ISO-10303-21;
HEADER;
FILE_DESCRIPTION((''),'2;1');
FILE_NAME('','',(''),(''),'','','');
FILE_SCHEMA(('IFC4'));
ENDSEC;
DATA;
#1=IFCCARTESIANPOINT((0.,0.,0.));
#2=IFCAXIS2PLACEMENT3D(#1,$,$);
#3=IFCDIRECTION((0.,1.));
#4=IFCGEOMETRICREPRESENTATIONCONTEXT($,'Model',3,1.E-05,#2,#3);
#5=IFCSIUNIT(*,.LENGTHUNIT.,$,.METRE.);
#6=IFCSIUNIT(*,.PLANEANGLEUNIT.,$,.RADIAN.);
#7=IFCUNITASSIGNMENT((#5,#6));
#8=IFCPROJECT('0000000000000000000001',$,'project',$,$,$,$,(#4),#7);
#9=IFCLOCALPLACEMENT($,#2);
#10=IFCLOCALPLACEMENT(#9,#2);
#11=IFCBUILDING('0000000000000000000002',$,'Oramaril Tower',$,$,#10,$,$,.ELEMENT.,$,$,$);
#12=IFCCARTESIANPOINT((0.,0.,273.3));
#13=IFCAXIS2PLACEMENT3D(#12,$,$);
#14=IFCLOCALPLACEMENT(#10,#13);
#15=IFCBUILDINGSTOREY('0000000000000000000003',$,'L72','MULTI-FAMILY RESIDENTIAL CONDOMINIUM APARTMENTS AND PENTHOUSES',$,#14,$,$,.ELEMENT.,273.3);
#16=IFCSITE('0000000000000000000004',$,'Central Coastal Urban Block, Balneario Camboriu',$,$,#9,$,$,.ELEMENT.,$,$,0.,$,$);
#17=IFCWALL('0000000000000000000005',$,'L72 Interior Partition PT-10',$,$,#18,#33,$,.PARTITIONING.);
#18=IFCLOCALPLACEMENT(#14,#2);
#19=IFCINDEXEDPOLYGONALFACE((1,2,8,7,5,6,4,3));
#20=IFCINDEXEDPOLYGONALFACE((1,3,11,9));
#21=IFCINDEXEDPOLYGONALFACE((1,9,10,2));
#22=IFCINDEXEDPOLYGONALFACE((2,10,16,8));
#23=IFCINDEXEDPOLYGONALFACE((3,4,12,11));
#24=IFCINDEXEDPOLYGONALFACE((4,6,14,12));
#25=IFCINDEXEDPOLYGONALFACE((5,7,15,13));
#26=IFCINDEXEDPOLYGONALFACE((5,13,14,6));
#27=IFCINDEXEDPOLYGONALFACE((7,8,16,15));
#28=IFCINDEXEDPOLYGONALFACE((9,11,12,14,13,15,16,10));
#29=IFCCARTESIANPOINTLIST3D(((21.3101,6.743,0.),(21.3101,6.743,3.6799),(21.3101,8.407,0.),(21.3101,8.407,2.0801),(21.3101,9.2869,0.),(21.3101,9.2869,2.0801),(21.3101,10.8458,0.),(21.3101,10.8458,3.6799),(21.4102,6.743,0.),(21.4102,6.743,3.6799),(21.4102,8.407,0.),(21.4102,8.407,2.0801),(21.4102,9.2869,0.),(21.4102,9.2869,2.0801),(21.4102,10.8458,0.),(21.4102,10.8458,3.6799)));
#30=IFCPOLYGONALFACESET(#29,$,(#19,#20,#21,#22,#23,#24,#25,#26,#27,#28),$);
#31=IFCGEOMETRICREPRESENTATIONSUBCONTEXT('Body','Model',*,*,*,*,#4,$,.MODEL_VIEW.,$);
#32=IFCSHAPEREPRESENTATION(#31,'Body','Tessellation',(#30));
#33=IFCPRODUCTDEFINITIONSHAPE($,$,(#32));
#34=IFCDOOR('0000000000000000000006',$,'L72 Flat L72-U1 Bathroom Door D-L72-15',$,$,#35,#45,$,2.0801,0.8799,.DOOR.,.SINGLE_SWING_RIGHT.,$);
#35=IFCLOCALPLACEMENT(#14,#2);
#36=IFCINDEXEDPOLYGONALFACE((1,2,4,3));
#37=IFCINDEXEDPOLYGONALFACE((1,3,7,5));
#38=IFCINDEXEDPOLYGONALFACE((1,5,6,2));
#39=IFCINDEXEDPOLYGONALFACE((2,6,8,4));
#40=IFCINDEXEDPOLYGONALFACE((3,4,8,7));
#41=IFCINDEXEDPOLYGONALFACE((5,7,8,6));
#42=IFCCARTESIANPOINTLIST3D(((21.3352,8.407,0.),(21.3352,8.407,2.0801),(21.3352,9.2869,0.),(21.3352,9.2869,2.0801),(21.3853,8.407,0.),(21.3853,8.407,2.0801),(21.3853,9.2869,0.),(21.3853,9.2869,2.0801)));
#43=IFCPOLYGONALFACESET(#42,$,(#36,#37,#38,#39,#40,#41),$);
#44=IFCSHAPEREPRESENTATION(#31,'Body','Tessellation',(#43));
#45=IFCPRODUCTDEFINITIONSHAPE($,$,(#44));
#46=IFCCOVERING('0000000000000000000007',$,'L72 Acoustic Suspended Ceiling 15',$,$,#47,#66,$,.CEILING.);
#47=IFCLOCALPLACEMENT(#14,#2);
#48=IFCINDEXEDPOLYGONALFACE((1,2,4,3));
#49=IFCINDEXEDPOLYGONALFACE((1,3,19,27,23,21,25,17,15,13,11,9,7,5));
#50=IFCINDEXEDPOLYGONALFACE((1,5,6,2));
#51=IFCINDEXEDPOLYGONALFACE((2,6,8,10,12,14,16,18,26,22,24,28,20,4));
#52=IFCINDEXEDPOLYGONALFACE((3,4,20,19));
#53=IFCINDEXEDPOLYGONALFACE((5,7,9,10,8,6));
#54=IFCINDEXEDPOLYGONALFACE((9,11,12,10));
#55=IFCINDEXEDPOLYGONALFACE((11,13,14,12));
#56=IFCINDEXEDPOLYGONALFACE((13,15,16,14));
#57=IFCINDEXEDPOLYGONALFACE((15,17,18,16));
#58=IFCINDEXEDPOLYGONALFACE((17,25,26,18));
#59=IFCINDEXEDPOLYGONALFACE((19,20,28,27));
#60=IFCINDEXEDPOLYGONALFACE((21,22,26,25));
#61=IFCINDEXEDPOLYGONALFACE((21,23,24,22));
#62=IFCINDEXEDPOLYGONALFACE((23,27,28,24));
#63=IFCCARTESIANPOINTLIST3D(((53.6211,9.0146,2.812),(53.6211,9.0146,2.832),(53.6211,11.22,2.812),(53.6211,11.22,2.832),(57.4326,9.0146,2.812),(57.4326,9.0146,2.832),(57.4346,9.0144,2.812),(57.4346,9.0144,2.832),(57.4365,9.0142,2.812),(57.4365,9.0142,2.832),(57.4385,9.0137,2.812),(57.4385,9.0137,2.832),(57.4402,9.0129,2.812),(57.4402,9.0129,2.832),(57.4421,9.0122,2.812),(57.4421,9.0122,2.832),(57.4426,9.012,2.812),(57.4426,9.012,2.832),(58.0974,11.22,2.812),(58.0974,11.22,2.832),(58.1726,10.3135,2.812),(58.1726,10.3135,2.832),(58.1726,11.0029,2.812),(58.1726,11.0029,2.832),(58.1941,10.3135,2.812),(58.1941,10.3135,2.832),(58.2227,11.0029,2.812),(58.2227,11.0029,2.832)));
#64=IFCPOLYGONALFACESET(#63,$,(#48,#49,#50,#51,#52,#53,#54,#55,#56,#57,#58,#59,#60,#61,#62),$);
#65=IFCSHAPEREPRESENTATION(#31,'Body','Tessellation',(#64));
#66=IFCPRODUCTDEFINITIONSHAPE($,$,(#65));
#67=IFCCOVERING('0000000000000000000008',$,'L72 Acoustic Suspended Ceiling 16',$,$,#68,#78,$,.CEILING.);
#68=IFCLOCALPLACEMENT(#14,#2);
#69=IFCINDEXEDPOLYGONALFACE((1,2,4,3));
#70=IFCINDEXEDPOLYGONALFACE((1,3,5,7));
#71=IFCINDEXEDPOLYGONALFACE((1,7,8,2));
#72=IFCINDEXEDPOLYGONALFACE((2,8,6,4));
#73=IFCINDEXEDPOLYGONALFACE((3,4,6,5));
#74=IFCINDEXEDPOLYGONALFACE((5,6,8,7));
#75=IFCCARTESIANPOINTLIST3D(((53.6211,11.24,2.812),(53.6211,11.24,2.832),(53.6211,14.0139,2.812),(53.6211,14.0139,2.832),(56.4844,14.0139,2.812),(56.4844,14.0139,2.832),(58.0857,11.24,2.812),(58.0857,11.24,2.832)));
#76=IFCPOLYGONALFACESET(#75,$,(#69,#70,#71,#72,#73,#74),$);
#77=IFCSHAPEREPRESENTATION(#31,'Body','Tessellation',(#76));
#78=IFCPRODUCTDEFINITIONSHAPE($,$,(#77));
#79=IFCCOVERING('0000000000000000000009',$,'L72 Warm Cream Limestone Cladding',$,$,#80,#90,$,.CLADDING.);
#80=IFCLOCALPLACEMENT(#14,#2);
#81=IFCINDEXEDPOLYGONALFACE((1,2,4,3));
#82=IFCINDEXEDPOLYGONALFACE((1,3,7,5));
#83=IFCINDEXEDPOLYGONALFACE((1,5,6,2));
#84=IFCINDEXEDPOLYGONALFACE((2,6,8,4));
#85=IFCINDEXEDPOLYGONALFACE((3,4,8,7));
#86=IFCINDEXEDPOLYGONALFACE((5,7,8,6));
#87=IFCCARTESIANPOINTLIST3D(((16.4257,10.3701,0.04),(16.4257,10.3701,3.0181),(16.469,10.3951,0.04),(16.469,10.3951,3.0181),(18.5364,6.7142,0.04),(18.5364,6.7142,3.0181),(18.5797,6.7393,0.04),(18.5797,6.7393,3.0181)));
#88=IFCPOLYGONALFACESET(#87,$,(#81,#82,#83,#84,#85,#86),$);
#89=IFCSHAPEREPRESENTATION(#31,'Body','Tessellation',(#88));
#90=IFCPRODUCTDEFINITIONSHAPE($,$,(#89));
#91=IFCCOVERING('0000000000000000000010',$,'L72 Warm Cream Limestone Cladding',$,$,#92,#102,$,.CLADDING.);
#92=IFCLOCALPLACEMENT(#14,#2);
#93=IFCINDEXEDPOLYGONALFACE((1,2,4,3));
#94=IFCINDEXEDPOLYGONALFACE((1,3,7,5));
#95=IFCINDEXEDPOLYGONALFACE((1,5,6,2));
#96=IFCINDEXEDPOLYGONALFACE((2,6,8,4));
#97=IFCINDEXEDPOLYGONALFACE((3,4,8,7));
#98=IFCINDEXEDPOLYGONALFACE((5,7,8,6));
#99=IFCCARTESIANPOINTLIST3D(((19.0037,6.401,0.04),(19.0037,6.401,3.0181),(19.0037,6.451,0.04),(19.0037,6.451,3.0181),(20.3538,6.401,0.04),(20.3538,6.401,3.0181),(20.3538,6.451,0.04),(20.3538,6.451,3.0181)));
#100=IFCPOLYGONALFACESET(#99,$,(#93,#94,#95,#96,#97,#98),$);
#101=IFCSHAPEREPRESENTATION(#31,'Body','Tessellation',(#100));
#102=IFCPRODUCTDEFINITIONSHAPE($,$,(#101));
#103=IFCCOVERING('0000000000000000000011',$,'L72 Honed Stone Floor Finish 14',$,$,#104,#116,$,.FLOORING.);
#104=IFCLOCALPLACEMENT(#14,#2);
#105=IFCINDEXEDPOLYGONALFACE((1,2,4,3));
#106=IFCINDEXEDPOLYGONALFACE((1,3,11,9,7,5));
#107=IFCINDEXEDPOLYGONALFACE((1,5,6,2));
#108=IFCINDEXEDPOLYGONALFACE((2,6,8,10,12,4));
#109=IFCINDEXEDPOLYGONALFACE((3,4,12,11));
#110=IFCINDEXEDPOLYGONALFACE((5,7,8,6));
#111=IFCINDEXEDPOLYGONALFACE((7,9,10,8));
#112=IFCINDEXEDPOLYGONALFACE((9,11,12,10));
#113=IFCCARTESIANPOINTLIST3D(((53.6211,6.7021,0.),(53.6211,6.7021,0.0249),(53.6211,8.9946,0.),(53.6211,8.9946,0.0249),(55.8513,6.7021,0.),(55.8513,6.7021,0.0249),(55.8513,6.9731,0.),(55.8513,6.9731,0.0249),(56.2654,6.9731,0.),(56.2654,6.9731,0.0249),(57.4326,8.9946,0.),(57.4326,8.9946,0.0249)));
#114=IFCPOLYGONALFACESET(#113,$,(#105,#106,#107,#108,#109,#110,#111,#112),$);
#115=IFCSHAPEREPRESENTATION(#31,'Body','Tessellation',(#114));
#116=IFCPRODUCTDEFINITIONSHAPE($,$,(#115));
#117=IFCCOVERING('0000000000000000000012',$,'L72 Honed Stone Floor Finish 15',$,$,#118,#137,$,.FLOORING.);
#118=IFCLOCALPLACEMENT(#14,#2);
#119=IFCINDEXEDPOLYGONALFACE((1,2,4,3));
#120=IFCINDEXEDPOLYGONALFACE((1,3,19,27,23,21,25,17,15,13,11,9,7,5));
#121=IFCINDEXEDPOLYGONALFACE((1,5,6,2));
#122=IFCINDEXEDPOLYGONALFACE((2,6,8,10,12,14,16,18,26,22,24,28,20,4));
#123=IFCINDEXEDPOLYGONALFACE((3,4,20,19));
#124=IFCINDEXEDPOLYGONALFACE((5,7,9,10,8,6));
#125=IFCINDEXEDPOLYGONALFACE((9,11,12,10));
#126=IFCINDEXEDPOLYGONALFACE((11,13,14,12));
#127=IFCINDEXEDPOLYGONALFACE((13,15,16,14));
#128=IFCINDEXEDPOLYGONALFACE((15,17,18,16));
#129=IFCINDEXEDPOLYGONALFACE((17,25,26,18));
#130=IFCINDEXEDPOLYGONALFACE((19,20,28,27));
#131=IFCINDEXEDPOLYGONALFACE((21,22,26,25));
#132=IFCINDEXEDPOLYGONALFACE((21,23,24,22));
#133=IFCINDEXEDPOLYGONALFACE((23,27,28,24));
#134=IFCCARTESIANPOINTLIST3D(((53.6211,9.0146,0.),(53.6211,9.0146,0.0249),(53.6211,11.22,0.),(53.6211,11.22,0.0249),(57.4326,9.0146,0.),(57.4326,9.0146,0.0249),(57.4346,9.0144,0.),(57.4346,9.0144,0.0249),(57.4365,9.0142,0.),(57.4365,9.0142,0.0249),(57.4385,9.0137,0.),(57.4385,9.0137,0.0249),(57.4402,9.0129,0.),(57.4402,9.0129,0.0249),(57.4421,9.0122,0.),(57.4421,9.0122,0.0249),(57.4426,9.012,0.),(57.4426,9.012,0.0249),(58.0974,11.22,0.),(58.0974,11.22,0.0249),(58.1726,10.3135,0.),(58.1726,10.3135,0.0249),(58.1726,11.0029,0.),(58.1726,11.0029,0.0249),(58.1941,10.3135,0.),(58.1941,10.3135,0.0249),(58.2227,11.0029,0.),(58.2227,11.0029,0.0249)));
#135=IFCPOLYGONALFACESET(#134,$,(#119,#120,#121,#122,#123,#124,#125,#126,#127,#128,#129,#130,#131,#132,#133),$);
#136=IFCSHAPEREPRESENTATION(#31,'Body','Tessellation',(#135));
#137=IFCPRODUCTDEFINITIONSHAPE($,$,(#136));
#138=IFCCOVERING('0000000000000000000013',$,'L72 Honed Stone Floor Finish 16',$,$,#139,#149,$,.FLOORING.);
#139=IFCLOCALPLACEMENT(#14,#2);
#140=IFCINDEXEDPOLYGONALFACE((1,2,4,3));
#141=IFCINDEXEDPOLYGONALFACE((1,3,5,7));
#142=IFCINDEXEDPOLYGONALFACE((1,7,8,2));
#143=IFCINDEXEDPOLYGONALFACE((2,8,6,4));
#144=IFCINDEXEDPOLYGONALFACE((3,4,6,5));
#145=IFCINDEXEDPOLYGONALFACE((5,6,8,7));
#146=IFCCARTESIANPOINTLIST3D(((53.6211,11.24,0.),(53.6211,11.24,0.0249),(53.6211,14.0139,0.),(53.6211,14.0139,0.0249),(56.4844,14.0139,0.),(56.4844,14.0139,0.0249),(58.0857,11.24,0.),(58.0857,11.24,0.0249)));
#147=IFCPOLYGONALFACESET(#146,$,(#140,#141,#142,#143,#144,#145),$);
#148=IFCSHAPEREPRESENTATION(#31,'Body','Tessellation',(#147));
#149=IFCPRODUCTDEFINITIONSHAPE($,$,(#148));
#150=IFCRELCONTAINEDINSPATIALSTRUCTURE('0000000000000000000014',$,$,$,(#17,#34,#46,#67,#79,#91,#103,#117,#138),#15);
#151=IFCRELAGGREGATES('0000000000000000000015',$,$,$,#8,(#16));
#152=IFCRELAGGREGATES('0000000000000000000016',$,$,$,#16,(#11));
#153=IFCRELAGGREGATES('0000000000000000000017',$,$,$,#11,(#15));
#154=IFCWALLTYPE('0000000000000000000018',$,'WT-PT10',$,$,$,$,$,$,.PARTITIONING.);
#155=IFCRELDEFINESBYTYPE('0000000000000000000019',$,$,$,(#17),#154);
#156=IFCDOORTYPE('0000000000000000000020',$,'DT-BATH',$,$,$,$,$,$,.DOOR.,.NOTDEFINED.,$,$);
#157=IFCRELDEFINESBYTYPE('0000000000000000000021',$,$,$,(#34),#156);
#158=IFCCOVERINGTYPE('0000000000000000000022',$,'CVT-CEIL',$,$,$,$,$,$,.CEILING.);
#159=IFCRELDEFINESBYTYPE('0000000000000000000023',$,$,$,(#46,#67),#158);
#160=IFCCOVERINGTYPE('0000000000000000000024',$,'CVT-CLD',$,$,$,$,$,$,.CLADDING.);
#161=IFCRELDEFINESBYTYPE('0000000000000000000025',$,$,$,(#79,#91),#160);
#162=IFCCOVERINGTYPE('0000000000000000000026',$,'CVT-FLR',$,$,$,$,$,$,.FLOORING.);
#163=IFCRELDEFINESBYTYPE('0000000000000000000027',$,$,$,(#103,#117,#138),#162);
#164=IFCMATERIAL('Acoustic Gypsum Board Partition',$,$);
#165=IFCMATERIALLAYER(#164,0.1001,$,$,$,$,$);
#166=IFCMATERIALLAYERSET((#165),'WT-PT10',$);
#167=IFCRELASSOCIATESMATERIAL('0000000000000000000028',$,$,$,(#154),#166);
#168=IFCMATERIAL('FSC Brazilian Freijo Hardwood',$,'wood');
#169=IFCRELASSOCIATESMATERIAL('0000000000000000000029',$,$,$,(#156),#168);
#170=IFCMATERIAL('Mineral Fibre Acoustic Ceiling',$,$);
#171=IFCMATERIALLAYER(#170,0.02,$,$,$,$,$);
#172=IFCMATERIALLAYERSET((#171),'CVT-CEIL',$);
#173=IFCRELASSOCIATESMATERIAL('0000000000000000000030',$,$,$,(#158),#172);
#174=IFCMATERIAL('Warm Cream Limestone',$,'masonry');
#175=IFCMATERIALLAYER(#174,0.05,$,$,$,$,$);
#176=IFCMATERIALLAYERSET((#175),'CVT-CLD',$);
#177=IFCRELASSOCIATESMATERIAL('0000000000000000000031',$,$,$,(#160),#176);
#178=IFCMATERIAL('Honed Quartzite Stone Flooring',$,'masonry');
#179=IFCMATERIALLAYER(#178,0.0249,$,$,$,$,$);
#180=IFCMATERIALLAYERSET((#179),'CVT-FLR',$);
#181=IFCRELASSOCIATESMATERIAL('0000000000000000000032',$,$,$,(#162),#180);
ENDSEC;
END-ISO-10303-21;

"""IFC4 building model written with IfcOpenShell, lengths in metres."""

from ifc_helpers import new_model, si_unit, direction, frame, frame_2d, origin, origin_2d, place, context, subcontext, project, spatial, polyline, rectangle, outline, extrude, material, layer, layer_set, type_object, element, fill, save


model = new_model("IFC4")

# Units and contexts
model_context = context("Model", 3, precision=1e-05, world=origin(), true_north=direction((0.0, 1.0)))
body_context = subcontext(model_context, "Body", "Model", "MODEL_VIEW")
ifc_project = project(units=[si_unit("LENGTHUNIT", "METRE"), si_unit("PLANEANGLEUNIT", "RADIAN")], contexts=[model_context])

# Site, building, storey
site_placement = place(None, origin())
site = spatial("IfcSite", under=ifc_project, at=site_placement, Name="Central Coastal Urban Block, Balneario Camboriu", CompositionType="ELEMENT", RefElevation=0.0)
building_placement = place(site_placement, origin())
building = spatial("IfcBuilding", under=site, at=building_placement, Name="Oramaril Tower", CompositionType="ELEMENT")
storey_placement = place(building_placement, frame((0.0, 0.0, 273.3)))
storey = spatial("IfcBuildingStorey", under=building, at=storey_placement, Name="L72", Description="MULTI-FAMILY RESIDENTIAL CONDOMINIUM APARTMENTS AND PENTHOUSES", CompositionType="ELEMENT", Elevation=273.3)

# Wall, opening, door
ifc_material_1 = material(Name="Acoustic Gypsum Board Partition")
ifc_layer_1 = layer(ifc_material_1, 0.1001)
ifc_layer_set_1 = layer_set([ifc_layer_1], Name="WT-PT10")
wall_type_1 = type_object("IfcWallType", Name="WT-PT10", PredefinedType="PARTITIONING", material=ifc_layer_set_1)
wall_1_placement = place(storey_placement, frame((21.3601, 6.7432, 0.0), z_axis=(0.0, 0.0, 1.0), x_axis=(0.0, 1.0, 0.0)))
wall_1 = element("IfcWall", 1, at=wall_1_placement, inside=storey, type_object=wall_type_1, Name="L72 Interior Partition PT-10", PredefinedType="PARTITIONING", context=body_context, shape_type="SweptSolid", body=[
    extrude(rectangle(XDim=4.1028, YDim=0.1001, at=frame_2d((2.0513, 0.0))), origin(), (0.0, 0.0, 1.0), 3.6799),
])
opening_1_placement = place(wall_1_placement, frame((1.6638, 0.0, 0.0)))
opening_1 = element("IfcOpeningElement", 2, at=opening_1_placement, cuts=wall_1, PredefinedType="OPENING", context=body_context, shape_type="SweptSolid", body=[
    extrude(rectangle(XDim=0.8799, YDim=2.0801, at=frame_2d((0.4399, 1.04))), frame((0.0, 0.05, 0.0), z_axis=(0.0, -1.0, 0.0), x_axis=(1.0, 0.0, 0.0)), (0.0, 0.0, 1.0), 0.1001),
])
ifc_material_2 = material(Name="FSC Brazilian Freijo Hardwood", Category="wood")
door_type_1 = type_object("IfcDoorType", Name="DT-BATH", OperationType="NOTDEFINED", PredefinedType="DOOR", material=ifc_material_2)
door_1_placement = place(opening_1_placement, origin())
door_1 = element("IfcDoor", 3, at=door_1_placement, inside=storey, type_object=door_type_1, Name="L72 Flat L72-U1 Bathroom Door D-L72-15", OperationType="SINGLE_SWING_RIGHT", OverallHeight=2.0801, OverallWidth=0.8799, PredefinedType="DOOR", context=body_context, shape_type="SweptSolid", body=[
    extrude(rectangle(XDim=0.8799, YDim=2.0801, at=frame_2d((0.4399, 1.04))), frame((0.0, 0.0249, 0.0), z_axis=(0.0, -1.0, 0.0), x_axis=(1.0, 0.0, 0.0)), (0.0, 0.0, 1.0), 0.05),
])
fill(opening_1, door_1)

# Coverings
ifc_material_3 = material(Name="Mineral Fibre Acoustic Ceiling")
ifc_layer_2 = layer(ifc_material_3, 0.02)
ifc_layer_set_2 = layer_set([ifc_layer_2], Name="CVT-CEIL")
covering_type_1 = type_object("IfcCoveringType", Name="CVT-CEIL", PredefinedType="CEILING", material=ifc_layer_set_2)
covering_1_placement = place(storey_placement, frame((0.0, 0.0, 2.812)))
element("IfcCovering", 4, at=covering_1_placement, inside=storey, type_object=covering_type_1, Name="L72 Acoustic Suspended Ceiling 15", PredefinedType="CEILING", context=body_context, shape_type="SweptSolid", body=[
    extrude(outline(polyline([(58.2227, 11.0029), (58.1726, 11.0029), (58.1726, 10.3135), (58.1941, 10.3135), (57.4426, 9.012), (57.4421, 9.0122), (57.4402, 9.0129), (57.4385, 9.0137), (57.4365, 9.0142), (57.4346, 9.0144), (57.4326, 9.0146), (53.6211, 9.0146), (53.6211, 11.22), (58.0974, 11.22), (58.2227, 11.0029)])), origin(), (0.0, 0.0, 1.0), 0.02),
])
covering_2_placement = place(storey_placement, frame((0.0, 0.0, 2.812)))
element("IfcCovering", 5, at=covering_2_placement, inside=storey, type_object=covering_type_1, Name="L72 Acoustic Suspended Ceiling 16", PredefinedType="CEILING", context=body_context, shape_type="SweptSolid", body=[
    extrude(outline(polyline([(58.0857, 11.24), (53.6211, 11.24), (53.6211, 14.0139), (56.4844, 14.0139), (58.0857, 11.24)])), origin(), (0.0, 0.0, 1.0), 0.02),
])
ifc_material_4 = material(Name="Warm Cream Limestone", Category="masonry")
ifc_layer_3 = layer(ifc_material_4, 0.05)
ifc_layer_set_3 = layer_set([ifc_layer_3], Name="CVT-CLD")
covering_type_2 = type_object("IfcCoveringType", Name="CVT-CLD", PredefinedType="CLADDING", material=ifc_layer_set_3)
covering_3_placement = place(storey_placement, frame((17.5027, 8.5547, 0.04), z_axis=(0.0, 0.0, 1.0), x_axis=(0.499995, -0.866028, 0.0)))
element("IfcCovering", 6, at=covering_3_placement, inside=storey, type_object=covering_type_2, Name="L72 Warm Cream Limestone Cladding", PredefinedType="CLADDING", context=body_context, shape_type="SweptSolid", body=[
    extrude(rectangle(XDim=4.2214, YDim=0.05, at=origin_2d()), origin(), (0.0, 0.0, 1.0), 2.978),
])
covering_4_placement = place(storey_placement, frame((19.6787, 6.426, 0.04), z_axis=(0.0, 0.0, 1.0), x_axis=(1.0, 0.0, 0.0)))
element("IfcCovering", 7, at=covering_4_placement, inside=storey, type_object=covering_type_2, Name="L72 Warm Cream Limestone Cladding", PredefinedType="CLADDING", context=body_context, shape_type="SweptSolid", body=[
    extrude(rectangle(XDim=1.3501, YDim=0.05, at=origin_2d()), origin(), (0.0, 0.0, 1.0), 2.978),
])
ifc_material_5 = material(Name="Honed Quartzite Stone Flooring", Category="masonry")
ifc_layer_4 = layer(ifc_material_5, 0.0249)
ifc_layer_set_4 = layer_set([ifc_layer_4], Name="CVT-FLR")
covering_type_3 = type_object("IfcCoveringType", Name="CVT-FLR", PredefinedType="FLOORING", material=ifc_layer_set_4)
covering_5_placement = place(storey_placement, origin())
element("IfcCovering", 8, at=covering_5_placement, inside=storey, type_object=covering_type_3, Name="L72 Honed Stone Floor Finish 14", PredefinedType="FLOORING", context=body_context, shape_type="SweptSolid", body=[
    extrude(outline(polyline([(56.2654, 6.9731), (55.8513, 6.9731), (55.8513, 6.7021), (53.6211, 6.7021), (53.6211, 8.9946), (57.4326, 8.9946), (56.2654, 6.9731)])), origin(), (0.0, 0.0, 1.0), 0.0249),
])
covering_6_placement = place(storey_placement, origin())
element("IfcCovering", 9, at=covering_6_placement, inside=storey, type_object=covering_type_3, Name="L72 Honed Stone Floor Finish 15", PredefinedType="FLOORING", context=body_context, shape_type="SweptSolid", body=[
    extrude(outline(polyline([(58.2227, 11.0029), (58.1726, 11.0029), (58.1726, 10.3135), (58.1941, 10.3135), (57.4426, 9.012), (57.4421, 9.0122), (57.4402, 9.0129), (57.4385, 9.0137), (57.4365, 9.0142), (57.4346, 9.0144), (57.4326, 9.0146), (53.6211, 9.0146), (53.6211, 11.22), (58.0974, 11.22), (58.2227, 11.0029)])), origin(), (0.0, 0.0, 1.0), 0.0249),
])
covering_7_placement = place(storey_placement, origin())
element("IfcCovering", 10, at=covering_7_placement, inside=storey, type_object=covering_type_3, Name="L72 Honed Stone Floor Finish 16", PredefinedType="FLOORING", context=body_context, shape_type="SweptSolid", body=[
    extrude(outline(polyline([(58.0857, 11.24), (53.6211, 11.24), (53.6211, 14.0139), (56.4844, 14.0139), (58.0857, 11.24)])), origin(), (0.0, 0.0, 1.0), 0.0249),
])

save(model, "model.ifc")
